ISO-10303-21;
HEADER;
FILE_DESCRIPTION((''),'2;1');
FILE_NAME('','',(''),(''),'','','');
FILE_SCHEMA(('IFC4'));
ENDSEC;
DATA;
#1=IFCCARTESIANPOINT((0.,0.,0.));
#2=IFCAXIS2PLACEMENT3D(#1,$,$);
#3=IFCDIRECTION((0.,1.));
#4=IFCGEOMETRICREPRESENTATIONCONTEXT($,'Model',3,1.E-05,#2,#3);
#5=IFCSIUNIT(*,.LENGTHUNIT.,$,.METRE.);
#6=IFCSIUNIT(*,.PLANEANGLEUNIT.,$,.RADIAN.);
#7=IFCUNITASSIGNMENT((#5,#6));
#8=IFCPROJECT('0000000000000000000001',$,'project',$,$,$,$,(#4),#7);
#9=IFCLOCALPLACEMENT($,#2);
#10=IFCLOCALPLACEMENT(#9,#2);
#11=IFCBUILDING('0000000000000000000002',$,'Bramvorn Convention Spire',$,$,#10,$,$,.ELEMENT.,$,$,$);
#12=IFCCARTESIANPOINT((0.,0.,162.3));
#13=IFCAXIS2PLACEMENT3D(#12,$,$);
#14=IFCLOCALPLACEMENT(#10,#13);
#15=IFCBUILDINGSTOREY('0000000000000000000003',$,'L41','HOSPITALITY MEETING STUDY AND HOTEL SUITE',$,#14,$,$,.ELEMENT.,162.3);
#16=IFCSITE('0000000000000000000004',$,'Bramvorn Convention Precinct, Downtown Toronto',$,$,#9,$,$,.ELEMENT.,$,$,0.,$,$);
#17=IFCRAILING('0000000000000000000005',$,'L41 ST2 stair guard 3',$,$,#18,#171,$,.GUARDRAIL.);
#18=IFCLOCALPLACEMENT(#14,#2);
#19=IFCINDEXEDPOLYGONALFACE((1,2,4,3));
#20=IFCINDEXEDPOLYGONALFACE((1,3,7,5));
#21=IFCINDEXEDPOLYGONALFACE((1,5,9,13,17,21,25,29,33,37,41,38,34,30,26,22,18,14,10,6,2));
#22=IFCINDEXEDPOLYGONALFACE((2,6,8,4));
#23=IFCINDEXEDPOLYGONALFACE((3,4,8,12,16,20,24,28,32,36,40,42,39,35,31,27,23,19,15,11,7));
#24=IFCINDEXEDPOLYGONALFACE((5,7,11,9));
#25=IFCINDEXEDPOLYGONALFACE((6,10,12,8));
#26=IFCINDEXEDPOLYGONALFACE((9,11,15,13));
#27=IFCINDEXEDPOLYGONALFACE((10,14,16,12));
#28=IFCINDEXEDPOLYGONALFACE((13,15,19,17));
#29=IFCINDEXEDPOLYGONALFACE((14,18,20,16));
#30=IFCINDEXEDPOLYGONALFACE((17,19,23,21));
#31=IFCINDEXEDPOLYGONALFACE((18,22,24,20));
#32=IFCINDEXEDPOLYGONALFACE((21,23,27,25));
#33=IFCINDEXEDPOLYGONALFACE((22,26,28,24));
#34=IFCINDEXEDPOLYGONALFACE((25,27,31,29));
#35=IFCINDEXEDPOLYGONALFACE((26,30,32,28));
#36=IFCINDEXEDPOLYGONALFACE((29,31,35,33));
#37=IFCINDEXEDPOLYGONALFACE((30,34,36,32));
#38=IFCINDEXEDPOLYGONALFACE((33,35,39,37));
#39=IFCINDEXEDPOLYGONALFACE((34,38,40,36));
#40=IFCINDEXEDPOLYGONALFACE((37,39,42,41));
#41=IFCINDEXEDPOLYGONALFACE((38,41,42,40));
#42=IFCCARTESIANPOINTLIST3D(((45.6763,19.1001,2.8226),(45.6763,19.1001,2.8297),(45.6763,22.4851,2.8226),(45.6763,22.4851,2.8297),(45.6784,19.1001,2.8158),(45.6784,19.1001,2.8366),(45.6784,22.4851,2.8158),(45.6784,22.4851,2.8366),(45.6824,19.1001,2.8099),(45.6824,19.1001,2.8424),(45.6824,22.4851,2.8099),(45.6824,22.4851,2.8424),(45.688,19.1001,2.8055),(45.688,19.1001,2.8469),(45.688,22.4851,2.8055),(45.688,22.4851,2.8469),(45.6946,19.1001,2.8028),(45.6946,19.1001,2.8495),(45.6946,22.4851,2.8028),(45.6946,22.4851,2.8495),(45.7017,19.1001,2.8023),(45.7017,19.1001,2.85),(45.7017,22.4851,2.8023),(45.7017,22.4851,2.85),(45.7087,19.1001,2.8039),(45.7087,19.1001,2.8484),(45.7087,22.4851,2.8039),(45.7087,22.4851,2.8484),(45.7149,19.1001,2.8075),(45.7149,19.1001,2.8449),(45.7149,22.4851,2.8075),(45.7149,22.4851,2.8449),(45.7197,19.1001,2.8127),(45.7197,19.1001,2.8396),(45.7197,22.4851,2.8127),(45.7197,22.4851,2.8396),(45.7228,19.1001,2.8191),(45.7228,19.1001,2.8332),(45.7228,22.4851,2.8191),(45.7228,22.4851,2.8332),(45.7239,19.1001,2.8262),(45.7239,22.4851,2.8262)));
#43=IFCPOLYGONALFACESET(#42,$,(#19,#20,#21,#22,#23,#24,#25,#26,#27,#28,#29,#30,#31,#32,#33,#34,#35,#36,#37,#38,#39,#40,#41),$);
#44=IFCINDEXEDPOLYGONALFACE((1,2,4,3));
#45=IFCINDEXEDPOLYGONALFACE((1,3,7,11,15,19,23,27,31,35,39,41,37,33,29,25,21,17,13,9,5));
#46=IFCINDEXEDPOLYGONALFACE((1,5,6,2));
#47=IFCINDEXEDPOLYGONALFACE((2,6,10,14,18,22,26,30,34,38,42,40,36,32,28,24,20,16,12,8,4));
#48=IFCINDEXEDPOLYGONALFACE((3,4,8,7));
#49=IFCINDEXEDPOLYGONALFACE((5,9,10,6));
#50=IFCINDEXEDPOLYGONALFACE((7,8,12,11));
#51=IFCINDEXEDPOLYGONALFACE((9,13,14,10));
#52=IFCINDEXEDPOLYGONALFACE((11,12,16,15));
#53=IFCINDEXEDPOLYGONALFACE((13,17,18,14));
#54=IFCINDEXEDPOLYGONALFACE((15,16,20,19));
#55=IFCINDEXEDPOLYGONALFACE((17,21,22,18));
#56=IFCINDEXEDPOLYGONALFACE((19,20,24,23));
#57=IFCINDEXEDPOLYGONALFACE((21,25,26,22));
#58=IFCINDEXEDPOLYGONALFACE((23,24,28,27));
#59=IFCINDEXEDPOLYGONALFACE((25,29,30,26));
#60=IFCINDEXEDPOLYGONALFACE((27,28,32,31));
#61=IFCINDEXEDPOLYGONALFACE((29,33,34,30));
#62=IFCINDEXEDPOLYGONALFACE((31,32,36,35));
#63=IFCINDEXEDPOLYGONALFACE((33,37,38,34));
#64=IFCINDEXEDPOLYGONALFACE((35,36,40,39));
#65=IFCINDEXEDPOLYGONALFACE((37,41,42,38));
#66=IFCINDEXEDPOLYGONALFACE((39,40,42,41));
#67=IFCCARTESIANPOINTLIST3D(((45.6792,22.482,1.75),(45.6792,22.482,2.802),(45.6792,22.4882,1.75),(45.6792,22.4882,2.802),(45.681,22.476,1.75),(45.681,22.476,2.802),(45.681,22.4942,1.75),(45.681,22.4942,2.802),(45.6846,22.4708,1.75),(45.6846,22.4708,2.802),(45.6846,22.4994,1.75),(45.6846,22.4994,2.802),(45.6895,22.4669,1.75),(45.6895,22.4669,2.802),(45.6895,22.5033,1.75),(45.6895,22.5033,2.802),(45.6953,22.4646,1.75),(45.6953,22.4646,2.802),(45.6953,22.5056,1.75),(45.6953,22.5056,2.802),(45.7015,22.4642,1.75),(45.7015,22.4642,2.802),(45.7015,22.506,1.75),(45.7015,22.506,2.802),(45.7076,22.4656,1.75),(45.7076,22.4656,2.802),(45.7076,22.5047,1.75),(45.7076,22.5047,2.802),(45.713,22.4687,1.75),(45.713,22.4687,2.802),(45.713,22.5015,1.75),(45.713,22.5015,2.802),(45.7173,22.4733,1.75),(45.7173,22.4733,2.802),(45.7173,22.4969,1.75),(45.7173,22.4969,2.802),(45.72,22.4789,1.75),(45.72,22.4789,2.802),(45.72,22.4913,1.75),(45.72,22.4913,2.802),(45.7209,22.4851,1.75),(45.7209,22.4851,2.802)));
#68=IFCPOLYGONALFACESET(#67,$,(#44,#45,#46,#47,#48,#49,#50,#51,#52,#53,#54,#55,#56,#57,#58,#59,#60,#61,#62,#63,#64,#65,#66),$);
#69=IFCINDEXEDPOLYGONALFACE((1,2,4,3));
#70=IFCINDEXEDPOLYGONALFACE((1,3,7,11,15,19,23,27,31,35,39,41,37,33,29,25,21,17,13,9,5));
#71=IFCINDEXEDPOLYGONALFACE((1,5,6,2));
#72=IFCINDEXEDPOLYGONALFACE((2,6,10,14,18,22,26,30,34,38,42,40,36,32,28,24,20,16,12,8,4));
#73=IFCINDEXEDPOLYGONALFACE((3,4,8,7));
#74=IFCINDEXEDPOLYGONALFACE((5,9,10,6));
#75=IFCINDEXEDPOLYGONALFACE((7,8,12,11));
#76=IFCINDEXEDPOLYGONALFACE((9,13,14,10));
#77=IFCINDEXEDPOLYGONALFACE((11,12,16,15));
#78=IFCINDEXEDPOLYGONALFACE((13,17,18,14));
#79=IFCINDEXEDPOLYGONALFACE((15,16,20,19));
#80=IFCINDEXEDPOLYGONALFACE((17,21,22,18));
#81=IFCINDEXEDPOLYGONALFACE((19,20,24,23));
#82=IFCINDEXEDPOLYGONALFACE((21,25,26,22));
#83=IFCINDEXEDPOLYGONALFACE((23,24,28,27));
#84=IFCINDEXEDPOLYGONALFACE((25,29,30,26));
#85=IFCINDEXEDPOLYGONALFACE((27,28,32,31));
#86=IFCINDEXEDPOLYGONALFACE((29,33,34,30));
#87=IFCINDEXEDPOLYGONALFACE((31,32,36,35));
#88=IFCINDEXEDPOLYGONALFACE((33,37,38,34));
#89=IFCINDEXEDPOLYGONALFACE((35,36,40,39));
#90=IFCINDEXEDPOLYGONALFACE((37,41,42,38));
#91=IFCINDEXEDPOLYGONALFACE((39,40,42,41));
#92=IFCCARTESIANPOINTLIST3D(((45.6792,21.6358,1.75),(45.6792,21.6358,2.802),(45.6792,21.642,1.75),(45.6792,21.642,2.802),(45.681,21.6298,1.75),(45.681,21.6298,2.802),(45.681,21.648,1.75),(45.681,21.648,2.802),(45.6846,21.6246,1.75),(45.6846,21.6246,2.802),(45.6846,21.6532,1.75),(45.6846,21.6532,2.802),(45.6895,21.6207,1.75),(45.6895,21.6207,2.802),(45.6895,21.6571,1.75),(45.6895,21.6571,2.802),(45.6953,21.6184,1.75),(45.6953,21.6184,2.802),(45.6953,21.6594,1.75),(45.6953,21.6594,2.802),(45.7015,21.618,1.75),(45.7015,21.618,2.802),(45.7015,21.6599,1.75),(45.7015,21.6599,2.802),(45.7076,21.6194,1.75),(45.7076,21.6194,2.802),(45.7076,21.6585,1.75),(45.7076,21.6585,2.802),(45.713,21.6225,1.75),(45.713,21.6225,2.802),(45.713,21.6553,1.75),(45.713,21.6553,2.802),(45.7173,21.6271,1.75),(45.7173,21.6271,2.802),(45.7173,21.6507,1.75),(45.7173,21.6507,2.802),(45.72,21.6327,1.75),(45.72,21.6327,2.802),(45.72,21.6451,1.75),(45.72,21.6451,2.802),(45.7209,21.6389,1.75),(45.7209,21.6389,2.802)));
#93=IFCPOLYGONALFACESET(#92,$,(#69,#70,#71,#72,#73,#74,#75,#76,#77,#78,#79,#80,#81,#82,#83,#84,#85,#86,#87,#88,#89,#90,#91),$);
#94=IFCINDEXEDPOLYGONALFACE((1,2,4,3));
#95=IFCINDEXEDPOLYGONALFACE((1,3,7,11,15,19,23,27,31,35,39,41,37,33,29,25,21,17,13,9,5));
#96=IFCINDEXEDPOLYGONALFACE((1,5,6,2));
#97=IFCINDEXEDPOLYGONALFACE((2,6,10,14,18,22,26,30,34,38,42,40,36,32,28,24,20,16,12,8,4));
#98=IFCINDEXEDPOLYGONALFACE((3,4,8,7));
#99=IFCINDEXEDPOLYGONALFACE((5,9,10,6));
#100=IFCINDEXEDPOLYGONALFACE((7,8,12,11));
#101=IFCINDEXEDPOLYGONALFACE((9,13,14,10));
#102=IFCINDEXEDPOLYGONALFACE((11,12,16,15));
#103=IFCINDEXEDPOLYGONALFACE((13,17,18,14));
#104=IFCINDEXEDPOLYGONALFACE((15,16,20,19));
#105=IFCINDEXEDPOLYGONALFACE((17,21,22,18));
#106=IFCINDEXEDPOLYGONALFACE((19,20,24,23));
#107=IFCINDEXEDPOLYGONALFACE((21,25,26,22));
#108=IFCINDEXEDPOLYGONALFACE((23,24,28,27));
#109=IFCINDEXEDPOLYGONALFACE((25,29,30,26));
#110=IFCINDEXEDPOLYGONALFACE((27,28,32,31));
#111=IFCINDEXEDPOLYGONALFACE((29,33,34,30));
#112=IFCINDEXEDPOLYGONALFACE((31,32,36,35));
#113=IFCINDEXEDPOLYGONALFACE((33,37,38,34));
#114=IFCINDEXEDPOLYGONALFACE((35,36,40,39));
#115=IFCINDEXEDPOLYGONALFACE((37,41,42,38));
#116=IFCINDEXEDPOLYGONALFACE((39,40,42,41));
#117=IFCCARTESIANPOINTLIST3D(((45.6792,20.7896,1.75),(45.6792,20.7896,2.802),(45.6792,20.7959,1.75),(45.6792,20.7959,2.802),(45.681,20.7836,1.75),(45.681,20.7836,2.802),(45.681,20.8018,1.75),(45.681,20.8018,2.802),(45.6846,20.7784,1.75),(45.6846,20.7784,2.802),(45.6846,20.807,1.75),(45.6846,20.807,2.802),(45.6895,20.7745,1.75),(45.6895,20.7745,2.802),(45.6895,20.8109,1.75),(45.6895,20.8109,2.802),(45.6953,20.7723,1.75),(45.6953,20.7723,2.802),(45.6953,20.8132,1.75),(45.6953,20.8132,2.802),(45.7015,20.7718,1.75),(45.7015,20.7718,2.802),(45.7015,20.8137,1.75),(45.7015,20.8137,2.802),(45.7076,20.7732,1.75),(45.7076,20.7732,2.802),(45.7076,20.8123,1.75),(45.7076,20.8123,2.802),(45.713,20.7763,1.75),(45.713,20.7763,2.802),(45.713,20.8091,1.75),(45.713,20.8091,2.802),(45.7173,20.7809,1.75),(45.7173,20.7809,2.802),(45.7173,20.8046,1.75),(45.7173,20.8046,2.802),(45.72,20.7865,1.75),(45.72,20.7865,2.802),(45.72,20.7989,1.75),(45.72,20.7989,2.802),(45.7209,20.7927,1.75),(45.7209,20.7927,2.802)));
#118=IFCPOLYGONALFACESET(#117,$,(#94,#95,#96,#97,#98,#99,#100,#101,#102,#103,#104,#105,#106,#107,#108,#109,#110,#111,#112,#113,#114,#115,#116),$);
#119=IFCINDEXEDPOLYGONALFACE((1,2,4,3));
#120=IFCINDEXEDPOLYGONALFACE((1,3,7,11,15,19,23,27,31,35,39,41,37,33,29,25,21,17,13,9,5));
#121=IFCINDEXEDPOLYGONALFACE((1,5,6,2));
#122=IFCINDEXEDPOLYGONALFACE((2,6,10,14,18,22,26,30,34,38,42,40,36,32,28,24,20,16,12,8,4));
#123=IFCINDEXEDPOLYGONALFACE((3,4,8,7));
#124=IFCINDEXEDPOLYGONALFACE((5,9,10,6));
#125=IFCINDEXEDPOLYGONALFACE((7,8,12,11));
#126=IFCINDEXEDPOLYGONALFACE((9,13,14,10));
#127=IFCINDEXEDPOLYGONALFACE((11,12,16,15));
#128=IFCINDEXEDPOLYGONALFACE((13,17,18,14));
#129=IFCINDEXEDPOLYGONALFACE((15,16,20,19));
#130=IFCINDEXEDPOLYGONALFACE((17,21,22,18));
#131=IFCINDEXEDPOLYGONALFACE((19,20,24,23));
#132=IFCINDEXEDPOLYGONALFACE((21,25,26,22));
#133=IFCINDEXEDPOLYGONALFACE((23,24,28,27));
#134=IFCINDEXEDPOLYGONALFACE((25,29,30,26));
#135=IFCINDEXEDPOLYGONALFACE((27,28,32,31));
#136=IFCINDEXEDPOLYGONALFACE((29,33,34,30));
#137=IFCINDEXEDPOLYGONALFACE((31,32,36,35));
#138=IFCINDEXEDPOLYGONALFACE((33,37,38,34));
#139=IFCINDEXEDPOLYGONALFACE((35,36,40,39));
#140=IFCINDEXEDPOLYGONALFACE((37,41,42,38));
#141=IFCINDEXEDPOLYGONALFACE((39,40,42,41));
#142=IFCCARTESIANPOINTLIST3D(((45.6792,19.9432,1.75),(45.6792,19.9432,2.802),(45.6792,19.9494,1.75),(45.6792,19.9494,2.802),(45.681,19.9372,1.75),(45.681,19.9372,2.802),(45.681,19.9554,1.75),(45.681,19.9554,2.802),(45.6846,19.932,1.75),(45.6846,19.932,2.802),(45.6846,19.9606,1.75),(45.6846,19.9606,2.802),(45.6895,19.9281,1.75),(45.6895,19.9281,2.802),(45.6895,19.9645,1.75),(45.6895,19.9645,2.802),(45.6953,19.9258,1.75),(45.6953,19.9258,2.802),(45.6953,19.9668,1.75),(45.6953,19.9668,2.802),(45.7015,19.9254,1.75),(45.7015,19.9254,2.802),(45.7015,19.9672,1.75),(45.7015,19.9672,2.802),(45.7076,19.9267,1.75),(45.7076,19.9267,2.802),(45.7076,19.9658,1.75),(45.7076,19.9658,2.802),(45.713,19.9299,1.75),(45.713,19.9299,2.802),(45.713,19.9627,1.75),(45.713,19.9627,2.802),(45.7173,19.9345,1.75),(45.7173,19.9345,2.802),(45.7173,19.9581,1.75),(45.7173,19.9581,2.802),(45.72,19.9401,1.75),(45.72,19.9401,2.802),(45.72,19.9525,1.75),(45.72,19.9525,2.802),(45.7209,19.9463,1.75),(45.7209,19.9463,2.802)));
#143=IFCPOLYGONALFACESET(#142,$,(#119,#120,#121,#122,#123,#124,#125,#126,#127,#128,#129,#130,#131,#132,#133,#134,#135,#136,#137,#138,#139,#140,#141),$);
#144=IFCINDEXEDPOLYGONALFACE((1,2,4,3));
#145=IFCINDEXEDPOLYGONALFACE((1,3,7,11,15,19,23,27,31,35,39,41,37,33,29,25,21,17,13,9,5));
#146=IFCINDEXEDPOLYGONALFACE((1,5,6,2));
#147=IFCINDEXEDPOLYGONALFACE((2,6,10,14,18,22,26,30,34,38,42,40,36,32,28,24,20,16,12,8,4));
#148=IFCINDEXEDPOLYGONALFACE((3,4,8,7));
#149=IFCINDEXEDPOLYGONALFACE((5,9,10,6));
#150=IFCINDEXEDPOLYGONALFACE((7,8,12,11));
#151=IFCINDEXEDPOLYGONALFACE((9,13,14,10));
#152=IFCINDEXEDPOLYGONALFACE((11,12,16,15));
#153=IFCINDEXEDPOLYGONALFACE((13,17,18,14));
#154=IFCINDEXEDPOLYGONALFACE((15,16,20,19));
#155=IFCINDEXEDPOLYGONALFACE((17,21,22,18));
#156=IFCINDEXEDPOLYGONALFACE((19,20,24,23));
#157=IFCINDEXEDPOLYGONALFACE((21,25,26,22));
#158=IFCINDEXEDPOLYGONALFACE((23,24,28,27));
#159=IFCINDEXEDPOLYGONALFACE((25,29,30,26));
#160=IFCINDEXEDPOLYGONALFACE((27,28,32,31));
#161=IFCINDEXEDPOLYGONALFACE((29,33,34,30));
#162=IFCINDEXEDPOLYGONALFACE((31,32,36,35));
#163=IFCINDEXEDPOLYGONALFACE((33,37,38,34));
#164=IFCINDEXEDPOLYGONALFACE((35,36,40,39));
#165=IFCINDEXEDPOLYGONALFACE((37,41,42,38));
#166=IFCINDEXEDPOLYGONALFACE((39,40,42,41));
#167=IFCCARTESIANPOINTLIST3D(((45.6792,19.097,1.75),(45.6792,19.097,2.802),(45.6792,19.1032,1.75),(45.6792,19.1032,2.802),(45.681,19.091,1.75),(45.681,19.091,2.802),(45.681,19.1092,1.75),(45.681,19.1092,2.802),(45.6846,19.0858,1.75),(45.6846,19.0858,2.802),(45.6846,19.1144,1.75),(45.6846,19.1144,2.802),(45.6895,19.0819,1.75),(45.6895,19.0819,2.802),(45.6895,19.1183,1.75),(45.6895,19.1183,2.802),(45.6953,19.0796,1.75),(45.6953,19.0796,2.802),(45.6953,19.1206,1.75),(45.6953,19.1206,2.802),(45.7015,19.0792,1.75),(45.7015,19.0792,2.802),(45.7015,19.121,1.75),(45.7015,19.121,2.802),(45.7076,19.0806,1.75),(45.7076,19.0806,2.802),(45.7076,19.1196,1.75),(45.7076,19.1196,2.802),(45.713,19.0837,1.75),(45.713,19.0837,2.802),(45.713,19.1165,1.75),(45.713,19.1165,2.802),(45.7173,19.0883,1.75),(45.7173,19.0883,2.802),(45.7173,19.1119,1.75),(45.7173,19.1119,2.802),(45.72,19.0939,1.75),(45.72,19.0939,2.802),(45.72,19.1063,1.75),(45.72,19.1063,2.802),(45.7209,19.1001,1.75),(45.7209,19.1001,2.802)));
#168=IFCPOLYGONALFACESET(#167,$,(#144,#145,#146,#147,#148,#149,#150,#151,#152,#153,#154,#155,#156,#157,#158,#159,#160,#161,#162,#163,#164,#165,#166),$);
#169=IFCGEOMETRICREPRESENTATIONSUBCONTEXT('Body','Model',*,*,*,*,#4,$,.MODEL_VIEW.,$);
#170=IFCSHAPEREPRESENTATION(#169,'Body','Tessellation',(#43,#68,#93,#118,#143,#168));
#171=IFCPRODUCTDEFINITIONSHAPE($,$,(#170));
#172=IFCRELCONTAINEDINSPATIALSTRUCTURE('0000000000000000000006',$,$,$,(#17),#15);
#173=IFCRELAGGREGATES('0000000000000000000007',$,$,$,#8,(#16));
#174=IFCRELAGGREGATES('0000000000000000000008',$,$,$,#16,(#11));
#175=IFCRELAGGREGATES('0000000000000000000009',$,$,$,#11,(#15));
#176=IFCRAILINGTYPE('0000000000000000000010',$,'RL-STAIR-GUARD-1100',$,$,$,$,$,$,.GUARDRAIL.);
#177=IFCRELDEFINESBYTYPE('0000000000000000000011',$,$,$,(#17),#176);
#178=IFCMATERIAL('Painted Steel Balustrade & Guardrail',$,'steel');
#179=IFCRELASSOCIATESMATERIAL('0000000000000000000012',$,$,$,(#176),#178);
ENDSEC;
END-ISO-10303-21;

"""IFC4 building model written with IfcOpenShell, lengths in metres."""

from ifc_helpers import new_model, si_unit, direction, frame, origin, origin_2d, place, context, subcontext, project, spatial, circle, extrude, material, type_object, element, save


model = new_model("IFC4")

# Units and contexts
model_context = context("Model", 3, precision=1e-05, world=origin(), true_north=direction((0.0, 1.0)))
body_context = subcontext(model_context, "Body", "Model", "MODEL_VIEW")
ifc_project = project(units=[si_unit("LENGTHUNIT", "METRE"), si_unit("PLANEANGLEUNIT", "RADIAN")], contexts=[model_context])

# Site, building, storey
site_placement = place(None, origin())
site = spatial("IfcSite", under=ifc_project, at=site_placement, Name="Bramvorn Convention Precinct, Downtown Toronto", CompositionType="ELEMENT", RefElevation=0.0)
building_placement = place(site_placement, origin())
building = spatial("IfcBuilding", under=site, at=building_placement, Name="Bramvorn Convention Spire", CompositionType="ELEMENT")
storey_placement = place(building_placement, frame((0.0, 0.0, 162.3)))
storey = spatial("IfcBuildingStorey", under=building, at=storey_placement, Name="L41", Description="HOSPITALITY MEETING STUDY AND HOTEL SUITE", CompositionType="ELEMENT", Elevation=162.3)

# Railing
ifc_material_1 = material(Name="Painted Steel Balustrade & Guardrail", Category="steel")
railing_type_1 = type_object("IfcRailingType", Name="RL-STAIR-GUARD-1100", PredefinedType="GUARDRAIL", material=ifc_material_1)
railing_1_placement = place(storey_placement, frame((45.7, 22.4851, 1.75)))
element("IfcRailing", 1, at=railing_1_placement, inside=storey, type_object=railing_type_1, Name="L41 ST2 stair guard 3", PredefinedType="GUARDRAIL", context=body_context, shape_type="SweptSolid", body=[
    extrude(circle(Radius=0.0239, at=origin_2d()), frame((0.0, 0.0, 1.0762), z_axis=(0.0, -1.0, 0.0), x_axis=(1.0, 0.0, 0.0)), (0.0, 0.0, 1.0), 3.385),
    extrude(circle(Radius=0.021, at=origin_2d()), origin(), (0.0, 0.0, 1.0), 1.052),
    extrude(circle(Radius=0.021, at=origin_2d()), frame((0.0, -0.8462, 0.0)), (0.0, 0.0, 1.0), 1.052),
    extrude(circle(Radius=0.021, at=origin_2d()), frame((0.0, -1.6924, 0.0)), (0.0, 0.0, 1.0), 1.052),
    extrude(circle(Radius=0.021, at=origin_2d()), frame((0.0, -2.5388, 0.0)), (0.0, 0.0, 1.0), 1.052),
    extrude(circle(Radius=0.021, at=origin_2d()), frame((0.0, -3.385, 0.0)), (0.0, 0.0, 1.0), 1.052),
])

save(model, "model.ifc")
